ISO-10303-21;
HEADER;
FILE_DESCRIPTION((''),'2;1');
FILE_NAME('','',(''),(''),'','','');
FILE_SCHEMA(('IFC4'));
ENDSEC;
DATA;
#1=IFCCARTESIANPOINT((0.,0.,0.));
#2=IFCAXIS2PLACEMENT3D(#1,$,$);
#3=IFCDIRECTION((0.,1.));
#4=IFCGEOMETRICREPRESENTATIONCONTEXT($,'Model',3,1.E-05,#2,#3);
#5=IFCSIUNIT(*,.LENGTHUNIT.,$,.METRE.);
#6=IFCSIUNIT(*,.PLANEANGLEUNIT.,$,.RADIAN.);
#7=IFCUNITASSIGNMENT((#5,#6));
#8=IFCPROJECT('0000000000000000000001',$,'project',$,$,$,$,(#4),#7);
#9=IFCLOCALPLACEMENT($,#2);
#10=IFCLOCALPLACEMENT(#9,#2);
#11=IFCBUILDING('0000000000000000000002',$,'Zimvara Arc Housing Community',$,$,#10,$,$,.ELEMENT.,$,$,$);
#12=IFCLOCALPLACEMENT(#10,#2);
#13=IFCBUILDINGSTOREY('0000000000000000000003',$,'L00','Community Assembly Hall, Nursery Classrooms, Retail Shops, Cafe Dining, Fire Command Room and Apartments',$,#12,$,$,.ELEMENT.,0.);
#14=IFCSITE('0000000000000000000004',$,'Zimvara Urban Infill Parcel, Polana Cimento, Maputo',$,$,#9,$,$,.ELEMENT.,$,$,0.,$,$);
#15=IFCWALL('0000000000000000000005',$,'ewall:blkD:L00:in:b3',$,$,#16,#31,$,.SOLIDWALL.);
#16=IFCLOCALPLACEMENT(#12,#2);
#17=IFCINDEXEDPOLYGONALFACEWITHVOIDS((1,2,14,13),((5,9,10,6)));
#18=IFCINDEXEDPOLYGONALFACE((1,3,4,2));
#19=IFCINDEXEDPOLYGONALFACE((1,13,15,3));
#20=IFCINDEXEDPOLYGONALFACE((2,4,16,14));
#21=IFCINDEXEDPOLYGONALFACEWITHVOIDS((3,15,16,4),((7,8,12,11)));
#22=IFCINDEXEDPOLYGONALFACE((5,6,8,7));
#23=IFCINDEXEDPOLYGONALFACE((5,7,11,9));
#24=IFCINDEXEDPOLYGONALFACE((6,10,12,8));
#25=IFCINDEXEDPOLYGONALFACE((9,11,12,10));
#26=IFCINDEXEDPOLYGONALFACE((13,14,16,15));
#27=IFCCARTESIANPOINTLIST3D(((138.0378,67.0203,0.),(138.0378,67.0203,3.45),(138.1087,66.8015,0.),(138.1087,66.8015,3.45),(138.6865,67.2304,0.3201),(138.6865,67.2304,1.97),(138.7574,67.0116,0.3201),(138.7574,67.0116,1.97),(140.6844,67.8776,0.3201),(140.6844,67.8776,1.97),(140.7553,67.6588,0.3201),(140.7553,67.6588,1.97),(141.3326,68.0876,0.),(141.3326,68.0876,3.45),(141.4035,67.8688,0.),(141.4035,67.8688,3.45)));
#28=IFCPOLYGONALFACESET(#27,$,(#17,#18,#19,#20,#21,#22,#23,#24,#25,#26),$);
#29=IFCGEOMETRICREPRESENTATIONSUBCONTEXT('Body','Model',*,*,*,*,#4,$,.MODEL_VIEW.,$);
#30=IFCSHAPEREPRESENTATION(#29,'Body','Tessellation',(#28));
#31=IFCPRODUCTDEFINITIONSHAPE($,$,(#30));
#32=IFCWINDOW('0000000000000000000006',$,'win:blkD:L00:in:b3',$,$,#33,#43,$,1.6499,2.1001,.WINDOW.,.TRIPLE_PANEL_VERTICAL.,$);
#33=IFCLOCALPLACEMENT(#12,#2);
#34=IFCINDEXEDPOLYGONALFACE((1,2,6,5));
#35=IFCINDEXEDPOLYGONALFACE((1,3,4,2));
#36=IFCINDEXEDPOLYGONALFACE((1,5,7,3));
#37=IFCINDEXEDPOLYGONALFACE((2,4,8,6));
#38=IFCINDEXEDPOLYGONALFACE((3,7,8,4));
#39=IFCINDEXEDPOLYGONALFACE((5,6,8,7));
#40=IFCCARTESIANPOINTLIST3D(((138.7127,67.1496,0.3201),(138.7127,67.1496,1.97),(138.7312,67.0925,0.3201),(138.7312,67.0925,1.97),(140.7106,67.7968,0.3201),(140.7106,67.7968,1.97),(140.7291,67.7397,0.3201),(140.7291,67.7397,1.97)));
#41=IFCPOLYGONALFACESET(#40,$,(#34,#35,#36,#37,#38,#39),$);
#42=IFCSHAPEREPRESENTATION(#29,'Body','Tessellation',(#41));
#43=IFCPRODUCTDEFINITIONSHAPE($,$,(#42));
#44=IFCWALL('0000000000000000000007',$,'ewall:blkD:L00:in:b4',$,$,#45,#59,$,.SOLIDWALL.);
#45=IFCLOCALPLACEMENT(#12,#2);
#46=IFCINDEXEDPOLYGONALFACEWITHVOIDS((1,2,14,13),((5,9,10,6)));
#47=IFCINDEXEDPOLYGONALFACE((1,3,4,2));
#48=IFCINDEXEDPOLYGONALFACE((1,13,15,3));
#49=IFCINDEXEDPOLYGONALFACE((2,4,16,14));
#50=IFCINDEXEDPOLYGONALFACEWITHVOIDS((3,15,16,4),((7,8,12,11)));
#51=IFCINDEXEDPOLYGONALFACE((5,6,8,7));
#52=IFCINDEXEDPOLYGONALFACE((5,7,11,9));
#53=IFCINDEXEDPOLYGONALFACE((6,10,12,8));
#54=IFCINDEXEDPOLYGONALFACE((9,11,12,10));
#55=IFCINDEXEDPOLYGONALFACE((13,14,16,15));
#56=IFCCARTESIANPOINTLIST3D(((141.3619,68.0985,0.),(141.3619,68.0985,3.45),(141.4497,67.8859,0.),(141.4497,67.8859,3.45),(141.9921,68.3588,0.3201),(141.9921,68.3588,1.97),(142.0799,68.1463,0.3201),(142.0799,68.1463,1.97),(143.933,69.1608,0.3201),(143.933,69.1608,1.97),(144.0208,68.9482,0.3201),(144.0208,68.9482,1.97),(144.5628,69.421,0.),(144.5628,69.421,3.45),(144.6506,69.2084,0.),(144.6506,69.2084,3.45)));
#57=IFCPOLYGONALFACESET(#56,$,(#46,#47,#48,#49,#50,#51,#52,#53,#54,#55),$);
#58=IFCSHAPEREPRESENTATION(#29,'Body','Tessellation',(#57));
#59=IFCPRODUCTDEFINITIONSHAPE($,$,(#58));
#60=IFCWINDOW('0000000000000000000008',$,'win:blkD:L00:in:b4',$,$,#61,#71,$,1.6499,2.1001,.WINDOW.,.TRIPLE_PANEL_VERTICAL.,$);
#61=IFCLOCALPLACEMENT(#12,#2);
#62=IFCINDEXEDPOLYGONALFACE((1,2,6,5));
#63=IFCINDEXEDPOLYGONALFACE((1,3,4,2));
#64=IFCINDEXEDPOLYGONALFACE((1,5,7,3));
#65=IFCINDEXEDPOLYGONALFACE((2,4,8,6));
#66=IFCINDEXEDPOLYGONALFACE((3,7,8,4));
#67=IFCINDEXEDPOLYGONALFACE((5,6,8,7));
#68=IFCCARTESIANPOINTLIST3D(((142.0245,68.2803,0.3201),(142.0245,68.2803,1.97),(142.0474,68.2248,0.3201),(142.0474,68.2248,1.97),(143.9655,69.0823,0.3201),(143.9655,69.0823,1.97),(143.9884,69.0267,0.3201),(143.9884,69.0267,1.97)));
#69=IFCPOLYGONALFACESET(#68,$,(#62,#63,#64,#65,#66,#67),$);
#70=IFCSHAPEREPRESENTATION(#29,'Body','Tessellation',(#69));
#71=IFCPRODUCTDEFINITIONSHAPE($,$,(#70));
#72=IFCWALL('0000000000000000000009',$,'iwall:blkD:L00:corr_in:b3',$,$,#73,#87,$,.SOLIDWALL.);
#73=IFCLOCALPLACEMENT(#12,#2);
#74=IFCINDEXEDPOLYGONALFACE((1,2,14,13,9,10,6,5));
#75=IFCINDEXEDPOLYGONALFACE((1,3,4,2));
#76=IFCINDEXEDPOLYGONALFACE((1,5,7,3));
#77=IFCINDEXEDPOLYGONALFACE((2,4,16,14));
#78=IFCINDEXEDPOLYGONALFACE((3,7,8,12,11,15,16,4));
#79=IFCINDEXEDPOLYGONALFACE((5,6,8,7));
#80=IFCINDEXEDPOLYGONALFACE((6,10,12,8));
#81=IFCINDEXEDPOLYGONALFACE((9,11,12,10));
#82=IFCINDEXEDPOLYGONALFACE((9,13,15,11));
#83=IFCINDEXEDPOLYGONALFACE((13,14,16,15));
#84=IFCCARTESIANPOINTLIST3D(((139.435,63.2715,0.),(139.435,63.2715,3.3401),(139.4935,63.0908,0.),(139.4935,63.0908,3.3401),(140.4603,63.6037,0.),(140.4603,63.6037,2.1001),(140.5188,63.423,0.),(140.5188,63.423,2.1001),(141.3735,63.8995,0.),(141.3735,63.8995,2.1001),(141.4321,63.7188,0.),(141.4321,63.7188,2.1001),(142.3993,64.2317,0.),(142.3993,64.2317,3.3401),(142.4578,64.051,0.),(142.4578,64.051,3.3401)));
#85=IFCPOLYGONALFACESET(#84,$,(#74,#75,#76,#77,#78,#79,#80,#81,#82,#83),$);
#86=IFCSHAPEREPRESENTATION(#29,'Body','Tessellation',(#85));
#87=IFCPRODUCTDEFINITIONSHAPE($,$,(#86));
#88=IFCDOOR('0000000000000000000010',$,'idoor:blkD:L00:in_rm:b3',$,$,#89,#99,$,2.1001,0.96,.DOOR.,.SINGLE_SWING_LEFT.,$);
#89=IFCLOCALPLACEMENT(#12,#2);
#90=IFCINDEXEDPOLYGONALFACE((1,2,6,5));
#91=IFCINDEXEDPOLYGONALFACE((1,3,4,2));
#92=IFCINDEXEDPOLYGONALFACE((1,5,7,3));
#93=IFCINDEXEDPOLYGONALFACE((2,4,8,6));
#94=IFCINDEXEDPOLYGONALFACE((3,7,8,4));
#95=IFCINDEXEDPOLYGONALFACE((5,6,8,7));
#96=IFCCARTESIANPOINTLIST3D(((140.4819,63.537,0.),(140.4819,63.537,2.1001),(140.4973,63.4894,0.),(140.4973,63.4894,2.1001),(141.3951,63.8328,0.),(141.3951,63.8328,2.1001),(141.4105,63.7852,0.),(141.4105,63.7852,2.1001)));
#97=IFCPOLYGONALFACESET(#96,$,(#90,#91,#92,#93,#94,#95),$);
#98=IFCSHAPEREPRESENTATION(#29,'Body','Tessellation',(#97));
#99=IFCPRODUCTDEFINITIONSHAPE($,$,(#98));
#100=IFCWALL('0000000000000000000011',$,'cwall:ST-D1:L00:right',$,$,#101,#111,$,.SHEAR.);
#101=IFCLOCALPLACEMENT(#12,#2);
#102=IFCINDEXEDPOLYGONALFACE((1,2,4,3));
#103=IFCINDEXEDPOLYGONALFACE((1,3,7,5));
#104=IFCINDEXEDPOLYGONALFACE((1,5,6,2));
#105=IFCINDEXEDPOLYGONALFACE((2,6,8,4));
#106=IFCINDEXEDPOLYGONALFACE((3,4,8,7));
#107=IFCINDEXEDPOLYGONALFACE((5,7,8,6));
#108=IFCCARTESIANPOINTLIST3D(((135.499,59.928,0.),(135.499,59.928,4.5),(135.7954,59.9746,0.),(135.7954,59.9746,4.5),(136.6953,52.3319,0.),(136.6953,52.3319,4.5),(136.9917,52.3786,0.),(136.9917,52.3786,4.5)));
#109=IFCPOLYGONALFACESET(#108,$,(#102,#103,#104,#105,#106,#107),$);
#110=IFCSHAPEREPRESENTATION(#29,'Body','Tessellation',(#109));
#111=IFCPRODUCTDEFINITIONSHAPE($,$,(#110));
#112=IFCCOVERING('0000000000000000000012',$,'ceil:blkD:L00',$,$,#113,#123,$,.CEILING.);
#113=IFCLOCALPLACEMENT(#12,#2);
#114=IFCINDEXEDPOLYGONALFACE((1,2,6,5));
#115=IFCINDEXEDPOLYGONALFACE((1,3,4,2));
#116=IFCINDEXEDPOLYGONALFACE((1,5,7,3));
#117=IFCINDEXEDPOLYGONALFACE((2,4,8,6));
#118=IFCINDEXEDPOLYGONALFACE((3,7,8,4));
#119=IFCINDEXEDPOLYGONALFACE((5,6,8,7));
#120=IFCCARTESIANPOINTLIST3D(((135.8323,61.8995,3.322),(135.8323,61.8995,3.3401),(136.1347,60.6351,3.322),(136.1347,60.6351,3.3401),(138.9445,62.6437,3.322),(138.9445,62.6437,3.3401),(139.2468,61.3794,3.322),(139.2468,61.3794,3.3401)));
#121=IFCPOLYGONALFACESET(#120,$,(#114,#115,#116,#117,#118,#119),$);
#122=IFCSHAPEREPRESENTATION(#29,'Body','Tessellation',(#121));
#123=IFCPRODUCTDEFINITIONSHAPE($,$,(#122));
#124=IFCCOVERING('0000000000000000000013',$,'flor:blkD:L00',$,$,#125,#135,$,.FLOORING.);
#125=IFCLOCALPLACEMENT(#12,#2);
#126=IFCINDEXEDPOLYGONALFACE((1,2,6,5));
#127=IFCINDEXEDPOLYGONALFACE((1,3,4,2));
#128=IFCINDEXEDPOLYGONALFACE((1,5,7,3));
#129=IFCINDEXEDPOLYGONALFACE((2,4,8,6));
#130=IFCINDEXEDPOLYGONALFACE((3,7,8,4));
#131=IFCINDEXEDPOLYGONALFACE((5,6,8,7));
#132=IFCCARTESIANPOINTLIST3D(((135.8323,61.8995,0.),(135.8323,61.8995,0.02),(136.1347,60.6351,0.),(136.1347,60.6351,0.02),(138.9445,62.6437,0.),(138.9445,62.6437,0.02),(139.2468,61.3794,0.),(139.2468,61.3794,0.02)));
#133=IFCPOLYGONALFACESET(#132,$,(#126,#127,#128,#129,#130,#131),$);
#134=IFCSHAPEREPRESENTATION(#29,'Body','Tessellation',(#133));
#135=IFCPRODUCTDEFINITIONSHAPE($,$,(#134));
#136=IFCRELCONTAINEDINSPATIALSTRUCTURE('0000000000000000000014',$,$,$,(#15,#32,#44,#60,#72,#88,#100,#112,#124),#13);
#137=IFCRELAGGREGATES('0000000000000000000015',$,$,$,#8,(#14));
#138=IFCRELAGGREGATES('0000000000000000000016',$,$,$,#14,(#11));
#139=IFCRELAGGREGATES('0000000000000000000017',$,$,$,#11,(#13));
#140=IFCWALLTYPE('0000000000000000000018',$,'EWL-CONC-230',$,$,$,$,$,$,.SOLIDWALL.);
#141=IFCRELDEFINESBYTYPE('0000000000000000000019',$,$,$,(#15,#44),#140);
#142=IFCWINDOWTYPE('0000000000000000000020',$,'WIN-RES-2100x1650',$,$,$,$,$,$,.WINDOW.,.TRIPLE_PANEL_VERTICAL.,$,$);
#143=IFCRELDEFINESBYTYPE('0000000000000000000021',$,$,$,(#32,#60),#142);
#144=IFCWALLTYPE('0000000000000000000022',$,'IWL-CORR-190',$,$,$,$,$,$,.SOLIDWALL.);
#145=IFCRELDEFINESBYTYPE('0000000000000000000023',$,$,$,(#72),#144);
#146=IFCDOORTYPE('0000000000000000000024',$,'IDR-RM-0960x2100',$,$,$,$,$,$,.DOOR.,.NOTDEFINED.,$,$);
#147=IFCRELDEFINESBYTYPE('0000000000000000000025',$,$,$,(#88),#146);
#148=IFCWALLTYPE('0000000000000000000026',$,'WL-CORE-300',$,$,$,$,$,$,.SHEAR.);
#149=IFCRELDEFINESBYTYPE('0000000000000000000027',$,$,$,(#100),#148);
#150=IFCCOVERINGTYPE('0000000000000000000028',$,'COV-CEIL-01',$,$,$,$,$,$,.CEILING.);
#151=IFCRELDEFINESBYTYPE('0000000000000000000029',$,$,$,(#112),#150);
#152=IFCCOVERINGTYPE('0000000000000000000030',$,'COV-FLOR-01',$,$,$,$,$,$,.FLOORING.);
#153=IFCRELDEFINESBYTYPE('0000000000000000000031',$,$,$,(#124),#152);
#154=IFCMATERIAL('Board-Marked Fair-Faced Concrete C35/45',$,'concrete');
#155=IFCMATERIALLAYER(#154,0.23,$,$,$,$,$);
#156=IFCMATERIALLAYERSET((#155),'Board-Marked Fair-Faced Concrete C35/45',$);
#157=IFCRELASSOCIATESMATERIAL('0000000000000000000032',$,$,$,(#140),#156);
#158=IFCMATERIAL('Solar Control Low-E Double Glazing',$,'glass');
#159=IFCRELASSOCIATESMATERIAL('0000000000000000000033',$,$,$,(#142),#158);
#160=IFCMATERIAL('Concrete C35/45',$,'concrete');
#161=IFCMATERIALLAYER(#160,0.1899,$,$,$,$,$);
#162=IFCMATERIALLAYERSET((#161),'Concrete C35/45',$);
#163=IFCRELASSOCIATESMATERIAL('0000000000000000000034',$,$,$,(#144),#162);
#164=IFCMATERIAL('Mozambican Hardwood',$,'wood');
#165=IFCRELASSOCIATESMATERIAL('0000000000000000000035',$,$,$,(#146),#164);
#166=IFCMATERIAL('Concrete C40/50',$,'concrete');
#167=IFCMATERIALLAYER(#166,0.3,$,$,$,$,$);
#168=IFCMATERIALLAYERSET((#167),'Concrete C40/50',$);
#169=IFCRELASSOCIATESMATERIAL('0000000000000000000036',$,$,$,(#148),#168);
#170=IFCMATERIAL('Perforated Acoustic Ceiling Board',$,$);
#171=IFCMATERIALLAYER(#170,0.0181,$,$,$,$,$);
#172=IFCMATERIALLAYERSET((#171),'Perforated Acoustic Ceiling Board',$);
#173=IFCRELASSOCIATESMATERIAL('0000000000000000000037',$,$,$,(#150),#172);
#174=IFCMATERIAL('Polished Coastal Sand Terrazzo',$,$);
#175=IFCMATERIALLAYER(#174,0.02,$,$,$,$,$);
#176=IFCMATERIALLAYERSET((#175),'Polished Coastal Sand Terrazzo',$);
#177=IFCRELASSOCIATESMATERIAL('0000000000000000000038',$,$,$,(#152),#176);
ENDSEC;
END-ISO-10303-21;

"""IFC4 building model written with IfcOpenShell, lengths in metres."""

from ifc_helpers import new_model, si_unit, direction, frame, frame_2d, origin, origin_2d, place, context, subcontext, project, spatial, rectangle, extrude, material, layer, layer_set, type_object, element, fill, save


model = new_model("IFC4")

# Units and contexts
model_context = context("Model", 3, precision=1e-05, world=origin(), true_north=direction((0.0, 1.0)))
body_context = subcontext(model_context, "Body", "Model", "MODEL_VIEW")
ifc_project = project(units=[si_unit("LENGTHUNIT", "METRE"), si_unit("PLANEANGLEUNIT", "RADIAN")], contexts=[model_context])

# Site, building, storey
site_placement = place(None, origin())
site = spatial("IfcSite", under=ifc_project, at=site_placement, Name="Zimvara Urban Infill Parcel, Polana Cimento, Maputo", CompositionType="ELEMENT", RefElevation=0.0)
building_placement = place(site_placement, origin())
building = spatial("IfcBuilding", under=site, at=building_placement, Name="Zimvara Arc Housing Community", CompositionType="ELEMENT")
storey_placement = place(building_placement, origin())
storey = spatial("IfcBuildingStorey", under=building, at=storey_placement, Name="L00", Description="Community Assembly Hall, Nursery Classrooms, Retail Shops, Cafe Dining, Fire Command Room and Apartments", CompositionType="ELEMENT", Elevation=0.0)

# Walls, openings, windows
ifc_material_1 = material(Name="Board-Marked Fair-Faced Concrete C35/45", Category="concrete")
ifc_layer_1 = layer(ifc_material_1, 0.23)
ifc_layer_set_1 = layer_set([ifc_layer_1], Name="Board-Marked Fair-Faced Concrete C35/45")
wall_type_1 = type_object("IfcWallType", Name="EWL-CONC-230", PredefinedType="SOLIDWALL", material=ifc_layer_set_1)
wall_1_placement = place(storey_placement, frame((138.0732, 66.9109, 0.0), z_axis=(0.0, 0.0, 1.0), x_axis=(0.951328, 0.308181, 0.0)))
wall_1 = element("IfcWall", 1, at=wall_1_placement, inside=storey, type_object=wall_type_1, Name="ewall:blkD:L00:in:b3", PredefinedType="SOLIDWALL", context=body_context, shape_type="SweptSolid", body=[
    extrude(rectangle(XDim=3.4634, YDim=0.23, at=frame_2d((1.7317, 0.0))), origin(), (0.0, 0.0, 1.0), 3.45),
])
opening_1_placement = place(wall_1_placement, frame((0.6819, 0.0, 0.3201)))
opening_1 = element("IfcOpeningElement", 2, at=opening_1_placement, cuts=wall_1, PredefinedType="OPENING", context=body_context, shape_type="SweptSolid", body=[
    extrude(rectangle(XDim=2.1001, YDim=1.6499, at=frame_2d((1.05, 0.825))), frame((0.0, 0.125, 0.0), z_axis=(0.0, -1.0, 0.0), x_axis=(1.0, 0.0, 0.0)), (0.0, 0.0, 1.0), 0.25),
])
ifc_material_2 = material(Name="Solar Control Low-E Double Glazing", Category="glass")
window_type = type_object("IfcWindowType", Name="WIN-RES-2100x1650", PartitioningType="TRIPLE_PANEL_VERTICAL", PredefinedType="WINDOW", material=ifc_material_2)
window_1_placement = place(opening_1_placement, origin())
window_1 = element("IfcWindow", 3, at=window_1_placement, inside=storey, type_object=window_type, Name="win:blkD:L00:in:b3", OverallHeight=1.6499, OverallWidth=2.1001, PartitioningType="TRIPLE_PANEL_VERTICAL", PredefinedType="WINDOW", context=body_context, shape_type="SweptSolid", body=[
    extrude(rectangle(XDim=2.1001, YDim=1.6499, at=frame_2d((1.05, 0.825))), frame((0.0, 0.03, 0.0), z_axis=(0.0, -1.0, 0.0), x_axis=(1.0, 0.0, 0.0)), (0.0, 0.0, 1.0), 0.0601),
])
fill(opening_1, window_1)
wall_2_placement = place(storey_placement, frame((141.4058, 67.9922, 0.0), z_axis=(0.0, 0.0, 1.0), x_axis=(0.924222, 0.381856, 0.0)))
wall_2 = element("IfcWall", 4, at=wall_2_placement, inside=storey, type_object=wall_type_1, Name="ewall:blkD:L00:in:b4", PredefinedType="SOLIDWALL", context=body_context, shape_type="SweptSolid", body=[
    extrude(rectangle(XDim=3.4634, YDim=0.23, at=frame_2d((1.7317, 0.0))), origin(), (0.0, 0.0, 1.0), 3.45),
])
opening_2_placement = place(wall_2_placement, frame((0.6819, 0.0, 0.3201)))
opening_2 = element("IfcOpeningElement", 5, at=opening_2_placement, cuts=wall_2, PredefinedType="OPENING", context=body_context, shape_type="SweptSolid", body=[
    extrude(rectangle(XDim=2.1001, YDim=1.6499, at=frame_2d((1.05, 0.825))), frame((0.0, 0.125, 0.0), z_axis=(0.0, -1.0, 0.0), x_axis=(1.0, 0.0, 0.0)), (0.0, 0.0, 1.0), 0.25),
])
window_2_placement = place(opening_2_placement, origin())
window_2 = element("IfcWindow", 6, at=window_2_placement, inside=storey, type_object=window_type, Name="win:blkD:L00:in:b4", OverallHeight=1.6499, OverallWidth=2.1001, PartitioningType="TRIPLE_PANEL_VERTICAL", PredefinedType="WINDOW", context=body_context, shape_type="SweptSolid", body=[
    extrude(rectangle(XDim=2.1001, YDim=1.6499, at=frame_2d((1.05, 0.825))), frame((0.0, 0.03, 0.0), z_axis=(0.0, -1.0, 0.0), x_axis=(1.0, 0.0, 0.0)), (0.0, 0.0, 1.0), 0.0601),
])
fill(opening_2, window_2)

# Wall, opening, door
ifc_material_3 = material(Name="Concrete C35/45", Category="concrete")
ifc_layer_2 = layer(ifc_material_3, 0.1899)
ifc_layer_set_2 = layer_set([ifc_layer_2], Name="Concrete C35/45")
wall_type_2 = type_object("IfcWallType", Name="IWL-CORR-190", PredefinedType="SOLIDWALL", material=ifc_layer_set_2)
wall_3_placement = place(storey_placement, frame((139.4641, 63.1812, 0.0), z_axis=(0.0, 0.0, 1.0), x_axis=(0.951336, 0.308154, 0.0)))
wall_3 = element("IfcWall", 7, at=wall_3_placement, inside=storey, type_object=wall_type_2, Name="iwall:blkD:L00:corr_in:b3", PredefinedType="SOLIDWALL", context=body_context, shape_type="SweptSolid", body=[
    extrude(rectangle(XDim=3.116, YDim=0.1899, at=frame_2d((1.5581, 0.0))), origin(), (0.0, 0.0, 1.0), 3.3401),
])
opening_3_placement = place(wall_3_placement, frame((1.0779, 0.0, 0.0)))
opening_3 = element("IfcOpeningElement", 8, at=opening_3_placement, cuts=wall_3, PredefinedType="OPENING", context=body_context, shape_type="SweptSolid", body=[
    extrude(rectangle(XDim=0.96, YDim=2.1001, at=frame_2d((0.48, 1.05))), frame((0.0, 0.105, 0.0), z_axis=(0.0, -1.0, 0.0), x_axis=(1.0, 0.0, 0.0)), (0.0, 0.0, 1.0), 0.21),
])
ifc_material_4 = material(Name="Mozambican Hardwood", Category="wood")
door_type_1 = type_object("IfcDoorType", Name="IDR-RM-0960x2100", OperationType="NOTDEFINED", PredefinedType="DOOR", material=ifc_material_4)
door_1_placement = place(opening_3_placement, origin())
door_1 = element("IfcDoor", 9, at=door_1_placement, inside=storey, type_object=door_type_1, Name="idoor:blkD:L00:in_rm:b3", OperationType="SINGLE_SWING_LEFT", OverallHeight=2.1001, OverallWidth=0.96, PredefinedType="DOOR", context=body_context, shape_type="SweptSolid", body=[
    extrude(rectangle(XDim=0.96, YDim=2.1001, at=frame_2d((0.48, 1.05))), frame((0.0, 0.0249, 0.0), z_axis=(0.0, -1.0, 0.0), x_axis=(1.0, 0.0, 0.0)), (0.0, 0.0, 1.0), 0.05),
])
fill(opening_3, door_1)

# Wall
ifc_material_5 = material(Name="Concrete C40/50", Category="concrete")
ifc_layer_3 = layer(ifc_material_5, 0.3)
ifc_layer_set_3 = layer_set([ifc_layer_3], Name="Concrete C40/50")
wall_type_3 = type_object("IfcWallType", Name="WL-CORE-300", PredefinedType="SHEAR", material=ifc_layer_set_3)
wall_4_placement = place(storey_placement, frame((135.6472, 59.9512, 0.0), z_axis=(0.0, 0.0, 1.0), x_axis=(0.155568, -0.987825, 0.0)))
element("IfcWall", 10, at=wall_4_placement, inside=storey, type_object=wall_type_3, Name="cwall:ST-D1:L00:right", PredefinedType="SHEAR", context=body_context, shape_type="SweptSolid", body=[
    extrude(rectangle(XDim=7.6897, YDim=0.3, at=frame_2d((3.8447, 0.0))), origin(), (0.0, 0.0, 1.0), 4.5),
])

# Coverings
ifc_material_6 = material(Name="Perforated Acoustic Ceiling Board")
ifc_layer_4 = layer(ifc_material_6, 0.0181)
ifc_layer_set_4 = layer_set([ifc_layer_4], Name="Perforated Acoustic Ceiling Board")
covering_type_1 = type_object("IfcCoveringType", Name="COV-CEIL-01", PredefinedType="CEILING", material=ifc_layer_set_4)
covering_1_placement = place(storey_placement, frame((137.5396, 61.6394, 3.322), z_axis=(0.0, 0.0, 1.0), x_axis=(0.232597, -0.972573, 0.0)))
element("IfcCovering", 11, at=covering_1_placement, inside=storey, type_object=covering_type_1, Name="ceil:blkD:L00", PredefinedType="CEILING", context=body_context, shape_type="SweptSolid", body=[
    extrude(rectangle(XDim=1.3, YDim=3.2, at=origin_2d()), origin(), (0.0, 0.0, 1.0), 0.0181),
])
ifc_material_7 = material(Name="Polished Coastal Sand Terrazzo")
ifc_layer_5 = layer(ifc_material_7, 0.02)
ifc_layer_set_5 = layer_set([ifc_layer_5], Name="Polished Coastal Sand Terrazzo")
covering_type_2 = type_object("IfcCoveringType", Name="COV-FLOR-01", PredefinedType="FLOORING", material=ifc_layer_set_5)
covering_2_placement = place(storey_placement, frame((137.5396, 61.6394, 0.0), z_axis=(0.0, 0.0, 1.0), x_axis=(0.232597, -0.972573, 0.0)))
element("IfcCovering", 12, at=covering_2_placement, inside=storey, type_object=covering_type_2, Name="flor:blkD:L00", PredefinedType="FLOORING", context=body_context, shape_type="SweptSolid", body=[
    extrude(rectangle(XDim=1.3, YDim=3.2, at=origin_2d()), origin(), (0.0, 0.0, 1.0), 0.02),
])

save(model, "model.ifc")
